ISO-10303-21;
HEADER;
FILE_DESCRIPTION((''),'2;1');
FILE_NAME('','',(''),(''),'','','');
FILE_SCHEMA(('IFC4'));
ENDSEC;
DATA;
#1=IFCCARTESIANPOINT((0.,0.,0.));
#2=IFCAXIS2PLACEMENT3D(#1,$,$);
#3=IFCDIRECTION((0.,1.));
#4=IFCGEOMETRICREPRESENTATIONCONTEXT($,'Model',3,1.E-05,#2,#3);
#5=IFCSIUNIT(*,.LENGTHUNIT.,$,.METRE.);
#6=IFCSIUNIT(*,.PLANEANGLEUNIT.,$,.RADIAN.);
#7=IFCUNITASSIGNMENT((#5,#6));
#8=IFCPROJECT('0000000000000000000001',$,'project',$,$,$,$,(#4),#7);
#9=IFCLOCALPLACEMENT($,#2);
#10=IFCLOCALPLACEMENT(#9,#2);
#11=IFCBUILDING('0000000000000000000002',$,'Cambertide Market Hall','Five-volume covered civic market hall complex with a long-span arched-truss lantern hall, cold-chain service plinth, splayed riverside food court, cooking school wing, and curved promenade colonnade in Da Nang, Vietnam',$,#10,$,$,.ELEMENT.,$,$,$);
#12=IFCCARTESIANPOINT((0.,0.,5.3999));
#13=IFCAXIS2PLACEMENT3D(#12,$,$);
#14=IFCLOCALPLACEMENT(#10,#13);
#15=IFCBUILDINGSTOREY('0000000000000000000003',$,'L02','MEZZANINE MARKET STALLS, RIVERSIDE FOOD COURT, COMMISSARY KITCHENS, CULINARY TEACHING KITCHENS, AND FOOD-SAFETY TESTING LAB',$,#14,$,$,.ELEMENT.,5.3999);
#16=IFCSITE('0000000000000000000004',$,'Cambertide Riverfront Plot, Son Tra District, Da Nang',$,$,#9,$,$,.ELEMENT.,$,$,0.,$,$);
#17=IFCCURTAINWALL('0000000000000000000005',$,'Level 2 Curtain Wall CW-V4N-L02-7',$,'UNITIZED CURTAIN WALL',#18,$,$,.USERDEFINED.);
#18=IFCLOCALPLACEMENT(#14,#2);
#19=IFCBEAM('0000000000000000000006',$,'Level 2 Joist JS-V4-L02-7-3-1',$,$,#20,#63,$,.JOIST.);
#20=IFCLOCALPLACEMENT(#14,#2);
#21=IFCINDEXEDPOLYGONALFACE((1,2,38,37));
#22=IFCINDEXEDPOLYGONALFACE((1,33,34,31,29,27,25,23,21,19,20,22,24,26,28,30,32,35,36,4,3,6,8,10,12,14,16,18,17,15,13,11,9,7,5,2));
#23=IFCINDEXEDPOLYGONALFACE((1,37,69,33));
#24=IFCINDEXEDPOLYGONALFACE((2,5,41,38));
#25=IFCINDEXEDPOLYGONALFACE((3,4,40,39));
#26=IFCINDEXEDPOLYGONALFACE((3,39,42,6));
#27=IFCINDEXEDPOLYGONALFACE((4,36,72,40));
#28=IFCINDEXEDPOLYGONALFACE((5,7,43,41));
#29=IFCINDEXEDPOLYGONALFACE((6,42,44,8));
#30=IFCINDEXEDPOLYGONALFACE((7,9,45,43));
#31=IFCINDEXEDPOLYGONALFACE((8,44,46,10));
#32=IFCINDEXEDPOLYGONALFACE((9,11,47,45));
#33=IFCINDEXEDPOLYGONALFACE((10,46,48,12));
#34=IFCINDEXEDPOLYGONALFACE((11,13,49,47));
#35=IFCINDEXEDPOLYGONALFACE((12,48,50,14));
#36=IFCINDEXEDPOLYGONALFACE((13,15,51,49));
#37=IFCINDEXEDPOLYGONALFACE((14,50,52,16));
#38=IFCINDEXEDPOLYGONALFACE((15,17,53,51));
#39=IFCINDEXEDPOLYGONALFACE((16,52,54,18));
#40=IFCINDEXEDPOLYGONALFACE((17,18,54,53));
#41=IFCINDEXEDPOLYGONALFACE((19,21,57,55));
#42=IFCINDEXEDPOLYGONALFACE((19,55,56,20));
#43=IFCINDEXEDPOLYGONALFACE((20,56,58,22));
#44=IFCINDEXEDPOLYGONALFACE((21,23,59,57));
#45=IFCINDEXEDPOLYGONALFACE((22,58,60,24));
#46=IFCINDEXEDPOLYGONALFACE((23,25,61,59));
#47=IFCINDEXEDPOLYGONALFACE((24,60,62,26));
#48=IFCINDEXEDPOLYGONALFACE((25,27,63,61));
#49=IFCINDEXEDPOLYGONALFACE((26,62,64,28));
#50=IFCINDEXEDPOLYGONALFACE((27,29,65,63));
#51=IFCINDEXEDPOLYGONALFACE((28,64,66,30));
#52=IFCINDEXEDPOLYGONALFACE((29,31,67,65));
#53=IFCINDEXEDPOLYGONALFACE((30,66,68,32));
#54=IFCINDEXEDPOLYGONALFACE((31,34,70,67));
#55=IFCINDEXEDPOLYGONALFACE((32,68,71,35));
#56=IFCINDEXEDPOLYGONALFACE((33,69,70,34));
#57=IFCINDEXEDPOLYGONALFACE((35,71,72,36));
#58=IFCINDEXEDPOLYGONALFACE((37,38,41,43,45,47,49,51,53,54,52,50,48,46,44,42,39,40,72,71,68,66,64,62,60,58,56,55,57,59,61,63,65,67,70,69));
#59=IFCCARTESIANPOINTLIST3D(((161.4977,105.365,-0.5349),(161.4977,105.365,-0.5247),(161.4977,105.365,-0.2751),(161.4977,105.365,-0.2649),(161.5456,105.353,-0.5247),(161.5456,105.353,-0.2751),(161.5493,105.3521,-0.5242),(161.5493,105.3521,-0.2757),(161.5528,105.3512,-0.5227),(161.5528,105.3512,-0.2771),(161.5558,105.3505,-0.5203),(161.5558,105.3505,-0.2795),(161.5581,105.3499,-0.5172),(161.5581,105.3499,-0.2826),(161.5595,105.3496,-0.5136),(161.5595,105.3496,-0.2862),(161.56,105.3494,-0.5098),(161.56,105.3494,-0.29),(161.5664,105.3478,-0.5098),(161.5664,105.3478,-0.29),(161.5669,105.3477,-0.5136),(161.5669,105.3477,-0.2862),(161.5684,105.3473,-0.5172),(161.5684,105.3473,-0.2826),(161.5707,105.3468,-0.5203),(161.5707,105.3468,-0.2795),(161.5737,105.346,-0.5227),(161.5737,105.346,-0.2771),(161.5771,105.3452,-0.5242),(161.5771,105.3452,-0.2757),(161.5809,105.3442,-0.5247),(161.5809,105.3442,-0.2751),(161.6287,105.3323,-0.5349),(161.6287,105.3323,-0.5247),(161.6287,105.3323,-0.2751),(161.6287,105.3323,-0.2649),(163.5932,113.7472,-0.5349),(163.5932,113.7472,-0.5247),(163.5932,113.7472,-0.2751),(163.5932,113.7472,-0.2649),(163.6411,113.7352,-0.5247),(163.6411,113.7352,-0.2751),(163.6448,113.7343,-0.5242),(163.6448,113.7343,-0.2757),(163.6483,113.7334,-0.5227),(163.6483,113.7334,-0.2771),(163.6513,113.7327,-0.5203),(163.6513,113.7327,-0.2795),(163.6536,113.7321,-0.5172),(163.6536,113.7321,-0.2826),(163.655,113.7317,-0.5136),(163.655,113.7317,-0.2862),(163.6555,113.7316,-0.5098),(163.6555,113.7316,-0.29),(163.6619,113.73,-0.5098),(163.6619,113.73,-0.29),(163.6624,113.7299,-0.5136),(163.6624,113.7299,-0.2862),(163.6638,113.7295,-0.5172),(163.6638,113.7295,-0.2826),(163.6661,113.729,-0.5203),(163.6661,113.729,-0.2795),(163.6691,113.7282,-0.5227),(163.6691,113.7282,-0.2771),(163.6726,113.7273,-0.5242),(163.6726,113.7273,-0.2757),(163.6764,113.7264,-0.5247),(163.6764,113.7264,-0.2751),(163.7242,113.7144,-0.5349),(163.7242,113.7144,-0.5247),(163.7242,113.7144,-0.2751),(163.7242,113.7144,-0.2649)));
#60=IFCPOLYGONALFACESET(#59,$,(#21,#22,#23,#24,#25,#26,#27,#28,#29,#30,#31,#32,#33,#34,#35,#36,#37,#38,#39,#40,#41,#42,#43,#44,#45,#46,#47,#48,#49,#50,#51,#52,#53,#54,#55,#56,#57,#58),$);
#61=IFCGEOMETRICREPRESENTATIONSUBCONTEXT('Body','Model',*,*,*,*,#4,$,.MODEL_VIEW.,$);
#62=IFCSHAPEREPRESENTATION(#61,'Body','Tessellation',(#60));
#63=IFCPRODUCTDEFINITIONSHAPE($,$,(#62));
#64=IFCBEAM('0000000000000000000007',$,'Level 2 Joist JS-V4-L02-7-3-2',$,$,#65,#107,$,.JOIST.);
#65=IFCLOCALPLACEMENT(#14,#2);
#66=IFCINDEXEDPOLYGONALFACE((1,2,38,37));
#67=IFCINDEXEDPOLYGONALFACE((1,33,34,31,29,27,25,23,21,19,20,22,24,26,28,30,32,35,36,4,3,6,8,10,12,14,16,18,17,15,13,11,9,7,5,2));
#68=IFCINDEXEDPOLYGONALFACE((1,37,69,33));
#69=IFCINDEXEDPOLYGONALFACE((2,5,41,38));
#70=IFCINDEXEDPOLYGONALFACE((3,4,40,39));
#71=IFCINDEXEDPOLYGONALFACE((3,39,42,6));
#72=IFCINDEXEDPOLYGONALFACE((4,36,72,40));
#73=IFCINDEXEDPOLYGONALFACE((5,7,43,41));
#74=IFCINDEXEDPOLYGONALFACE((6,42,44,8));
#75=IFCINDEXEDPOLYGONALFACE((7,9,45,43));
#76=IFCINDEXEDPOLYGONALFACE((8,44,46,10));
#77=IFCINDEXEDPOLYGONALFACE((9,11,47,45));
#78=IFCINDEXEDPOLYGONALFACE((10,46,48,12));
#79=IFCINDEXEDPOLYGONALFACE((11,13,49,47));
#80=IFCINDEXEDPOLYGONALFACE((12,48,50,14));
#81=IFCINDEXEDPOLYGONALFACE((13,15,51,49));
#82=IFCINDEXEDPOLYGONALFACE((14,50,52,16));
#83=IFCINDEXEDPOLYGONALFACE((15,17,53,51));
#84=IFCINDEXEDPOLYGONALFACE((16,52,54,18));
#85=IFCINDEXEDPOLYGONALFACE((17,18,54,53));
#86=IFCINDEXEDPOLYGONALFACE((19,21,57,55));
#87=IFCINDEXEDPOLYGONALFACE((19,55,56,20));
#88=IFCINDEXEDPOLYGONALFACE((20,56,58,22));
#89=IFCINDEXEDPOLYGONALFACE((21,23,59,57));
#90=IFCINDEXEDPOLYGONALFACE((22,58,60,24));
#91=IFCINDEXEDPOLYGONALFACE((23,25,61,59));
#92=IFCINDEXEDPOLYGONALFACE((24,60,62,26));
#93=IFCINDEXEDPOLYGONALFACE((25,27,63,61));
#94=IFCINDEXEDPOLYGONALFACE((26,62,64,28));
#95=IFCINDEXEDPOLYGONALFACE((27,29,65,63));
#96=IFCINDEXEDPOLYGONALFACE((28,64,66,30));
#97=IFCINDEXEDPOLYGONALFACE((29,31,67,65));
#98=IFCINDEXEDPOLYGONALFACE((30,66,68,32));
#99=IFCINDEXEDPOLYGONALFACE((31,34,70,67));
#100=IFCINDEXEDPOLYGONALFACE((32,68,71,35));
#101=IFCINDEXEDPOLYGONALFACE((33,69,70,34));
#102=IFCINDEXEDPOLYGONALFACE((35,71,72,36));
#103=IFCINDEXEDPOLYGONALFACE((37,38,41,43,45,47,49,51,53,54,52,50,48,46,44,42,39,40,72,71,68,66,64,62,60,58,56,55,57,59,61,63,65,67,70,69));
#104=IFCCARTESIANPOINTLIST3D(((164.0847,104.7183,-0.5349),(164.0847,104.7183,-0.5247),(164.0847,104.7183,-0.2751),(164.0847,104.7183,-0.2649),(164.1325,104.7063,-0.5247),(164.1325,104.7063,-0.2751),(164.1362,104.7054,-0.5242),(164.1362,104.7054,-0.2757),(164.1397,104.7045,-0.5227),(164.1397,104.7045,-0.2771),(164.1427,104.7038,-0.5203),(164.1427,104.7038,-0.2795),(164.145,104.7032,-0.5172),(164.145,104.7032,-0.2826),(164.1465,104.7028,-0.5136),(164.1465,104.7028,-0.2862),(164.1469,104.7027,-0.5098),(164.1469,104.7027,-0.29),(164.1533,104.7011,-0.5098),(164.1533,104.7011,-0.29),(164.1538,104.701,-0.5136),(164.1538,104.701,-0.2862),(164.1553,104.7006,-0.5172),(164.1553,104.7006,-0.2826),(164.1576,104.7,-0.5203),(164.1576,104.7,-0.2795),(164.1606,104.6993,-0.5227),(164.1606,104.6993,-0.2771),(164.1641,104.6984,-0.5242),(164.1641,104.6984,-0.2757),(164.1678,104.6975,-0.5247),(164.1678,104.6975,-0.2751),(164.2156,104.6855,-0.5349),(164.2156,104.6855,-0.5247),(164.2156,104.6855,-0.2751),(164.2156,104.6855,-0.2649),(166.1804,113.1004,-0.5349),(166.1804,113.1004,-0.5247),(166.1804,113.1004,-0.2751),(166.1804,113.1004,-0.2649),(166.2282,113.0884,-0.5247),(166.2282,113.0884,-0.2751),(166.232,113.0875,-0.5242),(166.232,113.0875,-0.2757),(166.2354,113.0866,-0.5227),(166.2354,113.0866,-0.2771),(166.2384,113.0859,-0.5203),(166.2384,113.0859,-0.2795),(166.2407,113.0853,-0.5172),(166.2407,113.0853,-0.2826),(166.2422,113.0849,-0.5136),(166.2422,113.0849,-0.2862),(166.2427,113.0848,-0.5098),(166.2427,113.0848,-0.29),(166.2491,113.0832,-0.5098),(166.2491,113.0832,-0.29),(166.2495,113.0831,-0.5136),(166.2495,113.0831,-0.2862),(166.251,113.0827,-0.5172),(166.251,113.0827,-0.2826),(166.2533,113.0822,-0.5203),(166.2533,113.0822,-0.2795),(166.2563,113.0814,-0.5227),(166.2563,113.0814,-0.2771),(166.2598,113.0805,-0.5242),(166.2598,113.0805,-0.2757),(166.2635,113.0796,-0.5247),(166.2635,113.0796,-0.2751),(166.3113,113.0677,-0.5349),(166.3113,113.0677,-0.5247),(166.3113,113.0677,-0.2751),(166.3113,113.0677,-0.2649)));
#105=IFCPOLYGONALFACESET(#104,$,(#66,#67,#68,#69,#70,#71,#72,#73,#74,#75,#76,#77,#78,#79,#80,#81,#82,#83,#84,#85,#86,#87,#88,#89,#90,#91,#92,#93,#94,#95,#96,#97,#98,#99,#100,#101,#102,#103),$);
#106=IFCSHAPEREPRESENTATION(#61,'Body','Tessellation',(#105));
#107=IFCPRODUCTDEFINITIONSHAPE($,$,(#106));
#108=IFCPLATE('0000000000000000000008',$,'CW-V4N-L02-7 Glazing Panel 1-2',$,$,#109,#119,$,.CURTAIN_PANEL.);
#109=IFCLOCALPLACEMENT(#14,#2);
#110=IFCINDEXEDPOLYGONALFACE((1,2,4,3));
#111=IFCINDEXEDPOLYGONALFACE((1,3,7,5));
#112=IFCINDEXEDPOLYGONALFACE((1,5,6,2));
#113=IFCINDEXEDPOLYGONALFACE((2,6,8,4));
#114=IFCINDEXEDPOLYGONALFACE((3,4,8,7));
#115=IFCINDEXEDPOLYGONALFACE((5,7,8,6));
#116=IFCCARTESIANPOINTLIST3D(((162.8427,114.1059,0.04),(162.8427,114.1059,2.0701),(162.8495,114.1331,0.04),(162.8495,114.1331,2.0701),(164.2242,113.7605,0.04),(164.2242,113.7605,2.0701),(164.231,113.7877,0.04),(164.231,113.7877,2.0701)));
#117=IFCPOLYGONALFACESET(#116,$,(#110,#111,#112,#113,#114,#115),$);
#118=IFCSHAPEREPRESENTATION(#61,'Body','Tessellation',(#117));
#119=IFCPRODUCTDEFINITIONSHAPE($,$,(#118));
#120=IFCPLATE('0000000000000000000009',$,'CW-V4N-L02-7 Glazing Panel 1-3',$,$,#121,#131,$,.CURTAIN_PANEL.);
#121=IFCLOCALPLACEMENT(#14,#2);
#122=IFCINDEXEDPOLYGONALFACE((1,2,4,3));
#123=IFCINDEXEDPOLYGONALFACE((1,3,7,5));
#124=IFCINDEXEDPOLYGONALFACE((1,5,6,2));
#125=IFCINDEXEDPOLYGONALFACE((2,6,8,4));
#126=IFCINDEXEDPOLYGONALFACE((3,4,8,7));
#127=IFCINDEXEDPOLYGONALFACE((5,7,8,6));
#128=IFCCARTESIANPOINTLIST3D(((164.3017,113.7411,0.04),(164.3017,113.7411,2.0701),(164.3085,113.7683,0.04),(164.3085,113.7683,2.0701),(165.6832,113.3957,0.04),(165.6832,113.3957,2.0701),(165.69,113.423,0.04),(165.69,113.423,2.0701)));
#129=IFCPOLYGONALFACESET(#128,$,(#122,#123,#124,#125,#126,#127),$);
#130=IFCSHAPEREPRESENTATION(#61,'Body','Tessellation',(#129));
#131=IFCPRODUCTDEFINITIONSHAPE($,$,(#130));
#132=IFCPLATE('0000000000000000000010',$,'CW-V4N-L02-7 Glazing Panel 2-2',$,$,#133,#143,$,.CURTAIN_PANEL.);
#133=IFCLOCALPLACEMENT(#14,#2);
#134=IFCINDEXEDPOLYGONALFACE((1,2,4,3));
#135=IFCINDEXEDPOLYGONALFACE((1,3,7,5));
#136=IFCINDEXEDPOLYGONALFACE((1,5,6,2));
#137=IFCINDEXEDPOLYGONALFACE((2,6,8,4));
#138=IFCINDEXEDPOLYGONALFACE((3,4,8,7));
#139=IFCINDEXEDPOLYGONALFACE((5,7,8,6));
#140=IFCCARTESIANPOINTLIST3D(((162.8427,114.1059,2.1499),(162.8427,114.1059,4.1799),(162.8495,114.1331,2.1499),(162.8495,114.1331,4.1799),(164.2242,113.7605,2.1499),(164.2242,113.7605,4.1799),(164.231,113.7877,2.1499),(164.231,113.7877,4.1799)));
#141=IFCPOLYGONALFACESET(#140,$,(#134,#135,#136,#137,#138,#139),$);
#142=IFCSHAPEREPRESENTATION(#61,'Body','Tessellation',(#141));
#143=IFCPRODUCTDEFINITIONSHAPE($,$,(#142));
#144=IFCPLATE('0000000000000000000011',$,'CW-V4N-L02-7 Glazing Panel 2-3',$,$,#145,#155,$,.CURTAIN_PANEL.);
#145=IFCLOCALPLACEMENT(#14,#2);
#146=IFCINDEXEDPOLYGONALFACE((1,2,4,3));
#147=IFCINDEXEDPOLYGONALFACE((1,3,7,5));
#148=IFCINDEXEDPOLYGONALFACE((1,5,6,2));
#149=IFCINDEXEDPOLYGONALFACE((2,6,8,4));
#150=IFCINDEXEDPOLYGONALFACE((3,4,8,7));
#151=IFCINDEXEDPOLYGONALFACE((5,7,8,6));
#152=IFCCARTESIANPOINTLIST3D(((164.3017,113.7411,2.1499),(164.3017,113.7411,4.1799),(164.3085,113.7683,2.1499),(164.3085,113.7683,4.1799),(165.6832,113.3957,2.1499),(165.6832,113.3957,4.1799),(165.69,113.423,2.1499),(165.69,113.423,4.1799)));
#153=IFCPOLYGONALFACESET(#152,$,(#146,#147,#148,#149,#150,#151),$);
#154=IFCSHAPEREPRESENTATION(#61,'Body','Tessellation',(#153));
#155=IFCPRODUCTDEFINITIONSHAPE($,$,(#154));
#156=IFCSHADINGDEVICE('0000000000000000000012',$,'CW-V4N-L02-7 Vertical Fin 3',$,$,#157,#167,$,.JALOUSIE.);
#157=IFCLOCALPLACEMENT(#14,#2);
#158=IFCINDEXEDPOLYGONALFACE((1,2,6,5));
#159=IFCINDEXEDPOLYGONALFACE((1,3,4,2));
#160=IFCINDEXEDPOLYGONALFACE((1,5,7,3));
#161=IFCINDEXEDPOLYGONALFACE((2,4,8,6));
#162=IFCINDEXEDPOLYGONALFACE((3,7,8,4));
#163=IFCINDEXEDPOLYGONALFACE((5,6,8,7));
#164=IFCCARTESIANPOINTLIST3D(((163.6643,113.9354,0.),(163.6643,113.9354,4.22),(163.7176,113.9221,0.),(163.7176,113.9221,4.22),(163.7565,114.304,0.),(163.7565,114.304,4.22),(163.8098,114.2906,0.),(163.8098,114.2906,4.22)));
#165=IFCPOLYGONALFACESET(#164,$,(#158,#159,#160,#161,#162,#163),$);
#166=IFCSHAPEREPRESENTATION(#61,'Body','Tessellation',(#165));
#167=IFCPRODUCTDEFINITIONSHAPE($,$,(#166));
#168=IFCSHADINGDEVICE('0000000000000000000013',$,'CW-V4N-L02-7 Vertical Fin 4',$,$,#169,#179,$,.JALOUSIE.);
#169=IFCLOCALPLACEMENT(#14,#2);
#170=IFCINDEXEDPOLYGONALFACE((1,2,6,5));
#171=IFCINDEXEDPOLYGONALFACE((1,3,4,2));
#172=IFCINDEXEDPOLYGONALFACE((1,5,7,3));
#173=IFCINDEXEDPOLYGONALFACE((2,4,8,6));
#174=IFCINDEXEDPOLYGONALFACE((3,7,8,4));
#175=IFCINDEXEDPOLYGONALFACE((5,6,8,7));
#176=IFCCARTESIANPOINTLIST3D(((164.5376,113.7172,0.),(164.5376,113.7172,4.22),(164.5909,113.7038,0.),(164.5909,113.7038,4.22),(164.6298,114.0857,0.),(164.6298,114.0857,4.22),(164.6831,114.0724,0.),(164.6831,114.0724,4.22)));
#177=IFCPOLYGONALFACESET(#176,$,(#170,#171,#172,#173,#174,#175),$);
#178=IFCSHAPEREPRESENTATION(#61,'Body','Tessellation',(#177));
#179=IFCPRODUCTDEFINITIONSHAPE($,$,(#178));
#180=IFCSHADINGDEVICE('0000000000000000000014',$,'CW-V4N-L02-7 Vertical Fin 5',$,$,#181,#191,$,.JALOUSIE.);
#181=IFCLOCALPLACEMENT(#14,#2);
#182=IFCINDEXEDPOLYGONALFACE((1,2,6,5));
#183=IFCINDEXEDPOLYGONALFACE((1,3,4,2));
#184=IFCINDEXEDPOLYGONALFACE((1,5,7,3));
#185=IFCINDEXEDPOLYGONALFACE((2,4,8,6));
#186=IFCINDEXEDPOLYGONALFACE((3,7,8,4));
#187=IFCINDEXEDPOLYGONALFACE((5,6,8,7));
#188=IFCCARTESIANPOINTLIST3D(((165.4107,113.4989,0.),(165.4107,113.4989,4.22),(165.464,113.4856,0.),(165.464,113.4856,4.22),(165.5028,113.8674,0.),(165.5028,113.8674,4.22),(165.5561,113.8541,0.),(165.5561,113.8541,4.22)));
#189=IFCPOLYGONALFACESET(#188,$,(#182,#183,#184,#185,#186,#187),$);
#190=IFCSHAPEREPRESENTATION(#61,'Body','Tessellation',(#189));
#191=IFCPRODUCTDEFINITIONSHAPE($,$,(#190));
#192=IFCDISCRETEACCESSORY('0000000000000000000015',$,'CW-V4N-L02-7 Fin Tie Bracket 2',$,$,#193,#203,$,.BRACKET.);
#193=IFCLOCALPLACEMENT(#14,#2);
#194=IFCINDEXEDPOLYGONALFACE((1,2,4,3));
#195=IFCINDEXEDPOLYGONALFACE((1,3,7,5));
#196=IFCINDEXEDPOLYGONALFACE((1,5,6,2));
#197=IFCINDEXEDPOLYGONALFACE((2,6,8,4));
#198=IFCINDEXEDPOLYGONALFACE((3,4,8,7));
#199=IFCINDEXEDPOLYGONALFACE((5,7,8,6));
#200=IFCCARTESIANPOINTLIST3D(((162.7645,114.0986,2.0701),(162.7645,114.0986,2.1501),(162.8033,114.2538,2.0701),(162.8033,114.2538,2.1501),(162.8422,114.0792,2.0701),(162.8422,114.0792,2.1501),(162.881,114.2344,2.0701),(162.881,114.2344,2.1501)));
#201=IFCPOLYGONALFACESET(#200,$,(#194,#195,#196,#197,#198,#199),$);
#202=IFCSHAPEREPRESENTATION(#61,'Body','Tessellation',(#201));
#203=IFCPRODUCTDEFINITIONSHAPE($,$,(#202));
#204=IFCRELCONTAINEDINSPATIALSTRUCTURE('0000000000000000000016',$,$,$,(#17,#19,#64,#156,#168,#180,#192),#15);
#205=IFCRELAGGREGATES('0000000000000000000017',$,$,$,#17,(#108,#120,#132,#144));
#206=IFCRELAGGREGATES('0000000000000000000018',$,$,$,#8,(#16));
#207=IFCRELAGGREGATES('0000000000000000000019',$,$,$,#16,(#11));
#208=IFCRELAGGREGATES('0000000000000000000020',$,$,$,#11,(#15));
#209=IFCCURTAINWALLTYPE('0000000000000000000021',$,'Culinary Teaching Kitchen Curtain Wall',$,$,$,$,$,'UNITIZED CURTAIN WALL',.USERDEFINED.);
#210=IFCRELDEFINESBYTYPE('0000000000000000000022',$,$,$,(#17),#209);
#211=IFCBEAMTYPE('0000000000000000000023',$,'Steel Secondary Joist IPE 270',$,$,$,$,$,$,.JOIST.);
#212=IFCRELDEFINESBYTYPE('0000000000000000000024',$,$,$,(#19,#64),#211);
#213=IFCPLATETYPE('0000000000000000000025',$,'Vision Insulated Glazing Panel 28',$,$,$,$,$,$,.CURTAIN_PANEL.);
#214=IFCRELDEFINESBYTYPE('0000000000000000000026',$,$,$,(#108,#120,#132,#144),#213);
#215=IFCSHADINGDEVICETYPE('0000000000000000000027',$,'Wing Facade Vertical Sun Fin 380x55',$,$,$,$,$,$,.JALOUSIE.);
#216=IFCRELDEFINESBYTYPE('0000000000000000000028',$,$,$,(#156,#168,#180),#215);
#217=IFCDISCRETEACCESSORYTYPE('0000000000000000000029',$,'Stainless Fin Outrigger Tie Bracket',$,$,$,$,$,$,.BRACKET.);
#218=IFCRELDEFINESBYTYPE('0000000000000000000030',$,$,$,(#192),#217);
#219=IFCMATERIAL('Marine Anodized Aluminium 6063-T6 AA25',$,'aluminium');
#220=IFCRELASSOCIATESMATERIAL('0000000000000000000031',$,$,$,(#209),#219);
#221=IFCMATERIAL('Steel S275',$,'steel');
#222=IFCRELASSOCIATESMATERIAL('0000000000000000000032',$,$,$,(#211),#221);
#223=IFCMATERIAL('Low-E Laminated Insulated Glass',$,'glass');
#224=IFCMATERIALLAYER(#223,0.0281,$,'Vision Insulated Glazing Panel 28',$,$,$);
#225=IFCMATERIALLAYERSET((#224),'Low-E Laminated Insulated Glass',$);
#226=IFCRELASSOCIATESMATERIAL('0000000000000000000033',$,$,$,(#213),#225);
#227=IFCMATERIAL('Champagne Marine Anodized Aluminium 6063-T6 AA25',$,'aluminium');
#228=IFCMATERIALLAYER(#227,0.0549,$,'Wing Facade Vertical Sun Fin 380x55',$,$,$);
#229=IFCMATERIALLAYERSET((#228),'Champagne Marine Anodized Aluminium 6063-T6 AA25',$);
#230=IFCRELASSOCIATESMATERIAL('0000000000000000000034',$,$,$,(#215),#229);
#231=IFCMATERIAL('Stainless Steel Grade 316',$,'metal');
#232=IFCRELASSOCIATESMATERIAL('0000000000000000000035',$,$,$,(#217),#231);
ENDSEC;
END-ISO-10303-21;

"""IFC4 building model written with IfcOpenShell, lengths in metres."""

from ifc_helpers import new_model, si_unit, direction, frame, origin, origin_2d, place, context, subcontext, project, spatial, rectangle, i_section, extrude, material, layer, layer_set, material_profile, profile_set, type_object, element, aggregate, save


model = new_model("IFC4")

# Units and contexts
model_context = context("Model", 3, precision=1e-05, world=origin(), true_north=direction((0.0, 1.0)))
body_context = subcontext(model_context, "Body", "Model", "MODEL_VIEW")
ifc_project = project(units=[si_unit("LENGTHUNIT", "METRE"), si_unit("PLANEANGLEUNIT", "RADIAN")], contexts=[model_context])

# Site, building, storey
site_placement = place(None, origin())
site = spatial("IfcSite", under=ifc_project, at=site_placement, Name="Cambertide Riverfront Plot, Son Tra District, Da Nang", CompositionType="ELEMENT", RefElevation=0.0)
building_placement = place(site_placement, origin())
building = spatial("IfcBuilding", under=site, at=building_placement, Name="Cambertide Market Hall", Description="Five-volume covered civic market hall complex with a long-span arched-truss lantern hall, cold-chain service plinth, splayed riverside food court, cooking school wing, and curved promenade colonnade in Da Nang, Vietnam", CompositionType="ELEMENT")
storey_placement = place(building_placement, frame((0.0, 0.0, 5.3999)))
storey = spatial("IfcBuildingStorey", under=building, at=storey_placement, Name="L02", Description="MEZZANINE MARKET STALLS, RIVERSIDE FOOD COURT, COMMISSARY KITCHENS, CULINARY TEACHING KITCHENS, AND FOOD-SAFETY TESTING LAB", CompositionType="ELEMENT", Elevation=5.3999)

# Curtain wall
ifc_material_1 = material(Name="Marine Anodized Aluminium 6063-T6 AA25", Category="aluminium")
curtain_wall_type = type_object("IfcCurtainWallType", Name="Culinary Teaching Kitchen Curtain Wall", ElementType="UNITIZED CURTAIN WALL", PredefinedType="USERDEFINED", material=ifc_material_1)
curtain_wall_placement = place(storey_placement, origin())
curtain_wall = element("IfcCurtainWall", 1, at=curtain_wall_placement, inside=storey, type_object=curtain_wall_type, Name="Level 2 Curtain Wall CW-V4N-L02-7", ObjectType="UNITIZED CURTAIN WALL", PredefinedType="USERDEFINED")

# Beams
ifc_material_2 = material(Name="Steel S275", Category="steel")
ifc_material_profile_1 = material_profile(ifc_material_2, i_section(OverallWidth=0.135, OverallDepth=0.27, WebThickness=0.0066, FlangeThickness=0.0103, FilletRadius=0.0149, at=origin_2d()), Name="IPE 270")
ifc_profile_set_1 = profile_set([ifc_material_profile_1], Name="Steel S275")
beam_type_1 = type_object("IfcBeamType", Name="Steel Secondary Joist IPE 270", PredefinedType="JOIST", material=ifc_profile_set_1)
for number, where, z_axis, x_axis, name in (
    (2, (161.5632, 105.3486, -0.3999), (0.242529, 0.970144, 0.0), (-0.970144, 0.242529, 0.0), "Level 2 Joist JS-V4-L02-7-3-1"),
    (3, (164.1501, 104.7019, -0.3999), (0.242556, 0.970138, 0.0), (-0.970138, 0.242556, 0.0), "Level 2 Joist JS-V4-L02-7-3-2"),
):
    element("IfcBeam", number, at=place(storey_placement, frame(where, z_axis=z_axis, x_axis=x_axis)), inside=storey, type_object=beam_type_1, Name=name, PredefinedType="JOIST", context=body_context, shape_type="SweptSolid", body=[
        extrude(i_section(OverallWidth=0.135, OverallDepth=0.27, WebThickness=0.0066, FlangeThickness=0.0103, FilletRadius=0.0149, at=origin_2d()), origin(), (0.0, 0.0, 1.0), 8.6401),
    ])

# Plates
ifc_material_3 = material(Name="Low-E Laminated Insulated Glass", Category="glass")
ifc_layer_1 = layer(ifc_material_3, 0.0281, Name="Vision Insulated Glazing Panel 28")
ifc_layer_set_1 = layer_set([ifc_layer_1], Name="Low-E Laminated Insulated Glass")
plate_type = type_object("IfcPlateType", Name="Vision Insulated Glazing Panel 28", PredefinedType="CURTAIN_PANEL", material=ifc_layer_set_1)
plate_1_placement = place(storey_placement, frame((163.5369, 113.9468, 0.04), z_axis=(0.0, 0.0, 1.0), x_axis=(0.970143, -0.242536, 0.0)))
plate_1 = element("IfcPlate", 4, at=plate_1_placement, type_object=plate_type, Name="CW-V4N-L02-7 Glazing Panel 1-2", PredefinedType="CURTAIN_PANEL", context=body_context, shape_type="SweptSolid", body=[
    extrude(rectangle(XDim=1.4241, YDim=0.0281, at=origin_2d()), origin(), (0.0, 0.0, 1.0), 2.03),
])
plate_2_placement = place(storey_placement, frame((164.9958, 113.582, 0.04), z_axis=(0.0, 0.0, 1.0), x_axis=(0.970143, -0.242536, 0.0)))
plate_2 = element("IfcPlate", 5, at=plate_2_placement, type_object=plate_type, Name="CW-V4N-L02-7 Glazing Panel 1-3", PredefinedType="CURTAIN_PANEL", context=body_context, shape_type="SweptSolid", body=[
    extrude(rectangle(XDim=1.4241, YDim=0.0281, at=origin_2d()), origin(), (0.0, 0.0, 1.0), 2.03),
])
plate_3_placement = place(storey_placement, frame((163.5369, 113.9468, 2.1499), z_axis=(0.0, 0.0, 1.0), x_axis=(0.970143, -0.242536, 0.0)))
plate_3 = element("IfcPlate", 6, at=plate_3_placement, type_object=plate_type, Name="CW-V4N-L02-7 Glazing Panel 2-2", PredefinedType="CURTAIN_PANEL", context=body_context, shape_type="SweptSolid", body=[
    extrude(rectangle(XDim=1.4241, YDim=0.0281, at=origin_2d()), origin(), (0.0, 0.0, 1.0), 2.03),
])
plate_4_placement = place(storey_placement, frame((164.9958, 113.582, 2.1499), z_axis=(0.0, 0.0, 1.0), x_axis=(0.970143, -0.242536, 0.0)))
plate_4 = element("IfcPlate", 7, at=plate_4_placement, type_object=plate_type, Name="CW-V4N-L02-7 Glazing Panel 2-3", PredefinedType="CURTAIN_PANEL", context=body_context, shape_type="SweptSolid", body=[
    extrude(rectangle(XDim=1.4241, YDim=0.0281, at=origin_2d()), origin(), (0.0, 0.0, 1.0), 2.03),
])
aggregate(curtain_wall, [plate_1, plate_2, plate_3, plate_4])

# Shading devices
ifc_material_4 = material(Name="Champagne Marine Anodized Aluminium 6063-T6 AA25", Category="aluminium")
ifc_layer_2 = layer(ifc_material_4, 0.0549, Name="Wing Facade Vertical Sun Fin 380x55")
ifc_layer_set_2 = layer_set([ifc_layer_2], Name="Champagne Marine Anodized Aluminium 6063-T6 AA25")
shading_device_type = type_object("IfcShadingDeviceType", Name="Wing Facade Vertical Sun Fin 380x55", PredefinedType="JALOUSIE", material=ifc_layer_set_2)
for number, where, z_axis, x_axis, name in (
    (8, (163.7371, 114.113, 0.0), (0.0, 0.0, 1.0), (0.970143, -0.242536, 0.0), "CW-V4N-L02-7 Vertical Fin 3"),
    (9, (164.6104, 113.8948, 0.0), (0.0, 0.0, 1.0), (0.970143, -0.242536, 0.0), "CW-V4N-L02-7 Vertical Fin 4"),
    (10, (165.4834, 113.6765, 0.0), (0.0, 0.0, 1.0), (0.970143, -0.242536, 0.0), "CW-V4N-L02-7 Vertical Fin 5"),
):
    element("IfcShadingDevice", number, at=place(storey_placement, frame(where, z_axis=z_axis, x_axis=x_axis)), inside=storey, type_object=shading_device_type, Name=name, PredefinedType="JALOUSIE", context=body_context, shape_type="SweptSolid", body=[
        extrude(rectangle(XDim=0.0549, YDim=0.3799, at=origin_2d()), origin(), (0.0, 0.0, 1.0), 4.22),
    ])

# Discrete accessory
ifc_material_5 = material(Name="Stainless Steel Grade 316", Category="metal")
discrete_accessory_type = type_object("IfcDiscreteAccessoryType", Name="Stainless Fin Outrigger Tie Bracket", PredefinedType="BRACKET", material=ifc_material_5)
for number, where, z_axis, x_axis, name in (
    (11, (162.8228, 114.1665, 2.0701), (0.0, 0.0, 1.0), (0.970143, -0.242536, 0.0), "CW-V4N-L02-7 Fin Tie Bracket 2"),
):
    element("IfcDiscreteAccessory", number, at=place(storey_placement, frame(where, z_axis=z_axis, x_axis=x_axis)), inside=storey, type_object=discrete_accessory_type, Name=name, PredefinedType="BRACKET", context=body_context, shape_type="SweptSolid", body=[
        extrude(rectangle(XDim=0.0801, YDim=0.1599, at=origin_2d()), origin(), (0.0, 0.0, 1.0), 0.0801),
    ])

save(model, "model.ifc")
